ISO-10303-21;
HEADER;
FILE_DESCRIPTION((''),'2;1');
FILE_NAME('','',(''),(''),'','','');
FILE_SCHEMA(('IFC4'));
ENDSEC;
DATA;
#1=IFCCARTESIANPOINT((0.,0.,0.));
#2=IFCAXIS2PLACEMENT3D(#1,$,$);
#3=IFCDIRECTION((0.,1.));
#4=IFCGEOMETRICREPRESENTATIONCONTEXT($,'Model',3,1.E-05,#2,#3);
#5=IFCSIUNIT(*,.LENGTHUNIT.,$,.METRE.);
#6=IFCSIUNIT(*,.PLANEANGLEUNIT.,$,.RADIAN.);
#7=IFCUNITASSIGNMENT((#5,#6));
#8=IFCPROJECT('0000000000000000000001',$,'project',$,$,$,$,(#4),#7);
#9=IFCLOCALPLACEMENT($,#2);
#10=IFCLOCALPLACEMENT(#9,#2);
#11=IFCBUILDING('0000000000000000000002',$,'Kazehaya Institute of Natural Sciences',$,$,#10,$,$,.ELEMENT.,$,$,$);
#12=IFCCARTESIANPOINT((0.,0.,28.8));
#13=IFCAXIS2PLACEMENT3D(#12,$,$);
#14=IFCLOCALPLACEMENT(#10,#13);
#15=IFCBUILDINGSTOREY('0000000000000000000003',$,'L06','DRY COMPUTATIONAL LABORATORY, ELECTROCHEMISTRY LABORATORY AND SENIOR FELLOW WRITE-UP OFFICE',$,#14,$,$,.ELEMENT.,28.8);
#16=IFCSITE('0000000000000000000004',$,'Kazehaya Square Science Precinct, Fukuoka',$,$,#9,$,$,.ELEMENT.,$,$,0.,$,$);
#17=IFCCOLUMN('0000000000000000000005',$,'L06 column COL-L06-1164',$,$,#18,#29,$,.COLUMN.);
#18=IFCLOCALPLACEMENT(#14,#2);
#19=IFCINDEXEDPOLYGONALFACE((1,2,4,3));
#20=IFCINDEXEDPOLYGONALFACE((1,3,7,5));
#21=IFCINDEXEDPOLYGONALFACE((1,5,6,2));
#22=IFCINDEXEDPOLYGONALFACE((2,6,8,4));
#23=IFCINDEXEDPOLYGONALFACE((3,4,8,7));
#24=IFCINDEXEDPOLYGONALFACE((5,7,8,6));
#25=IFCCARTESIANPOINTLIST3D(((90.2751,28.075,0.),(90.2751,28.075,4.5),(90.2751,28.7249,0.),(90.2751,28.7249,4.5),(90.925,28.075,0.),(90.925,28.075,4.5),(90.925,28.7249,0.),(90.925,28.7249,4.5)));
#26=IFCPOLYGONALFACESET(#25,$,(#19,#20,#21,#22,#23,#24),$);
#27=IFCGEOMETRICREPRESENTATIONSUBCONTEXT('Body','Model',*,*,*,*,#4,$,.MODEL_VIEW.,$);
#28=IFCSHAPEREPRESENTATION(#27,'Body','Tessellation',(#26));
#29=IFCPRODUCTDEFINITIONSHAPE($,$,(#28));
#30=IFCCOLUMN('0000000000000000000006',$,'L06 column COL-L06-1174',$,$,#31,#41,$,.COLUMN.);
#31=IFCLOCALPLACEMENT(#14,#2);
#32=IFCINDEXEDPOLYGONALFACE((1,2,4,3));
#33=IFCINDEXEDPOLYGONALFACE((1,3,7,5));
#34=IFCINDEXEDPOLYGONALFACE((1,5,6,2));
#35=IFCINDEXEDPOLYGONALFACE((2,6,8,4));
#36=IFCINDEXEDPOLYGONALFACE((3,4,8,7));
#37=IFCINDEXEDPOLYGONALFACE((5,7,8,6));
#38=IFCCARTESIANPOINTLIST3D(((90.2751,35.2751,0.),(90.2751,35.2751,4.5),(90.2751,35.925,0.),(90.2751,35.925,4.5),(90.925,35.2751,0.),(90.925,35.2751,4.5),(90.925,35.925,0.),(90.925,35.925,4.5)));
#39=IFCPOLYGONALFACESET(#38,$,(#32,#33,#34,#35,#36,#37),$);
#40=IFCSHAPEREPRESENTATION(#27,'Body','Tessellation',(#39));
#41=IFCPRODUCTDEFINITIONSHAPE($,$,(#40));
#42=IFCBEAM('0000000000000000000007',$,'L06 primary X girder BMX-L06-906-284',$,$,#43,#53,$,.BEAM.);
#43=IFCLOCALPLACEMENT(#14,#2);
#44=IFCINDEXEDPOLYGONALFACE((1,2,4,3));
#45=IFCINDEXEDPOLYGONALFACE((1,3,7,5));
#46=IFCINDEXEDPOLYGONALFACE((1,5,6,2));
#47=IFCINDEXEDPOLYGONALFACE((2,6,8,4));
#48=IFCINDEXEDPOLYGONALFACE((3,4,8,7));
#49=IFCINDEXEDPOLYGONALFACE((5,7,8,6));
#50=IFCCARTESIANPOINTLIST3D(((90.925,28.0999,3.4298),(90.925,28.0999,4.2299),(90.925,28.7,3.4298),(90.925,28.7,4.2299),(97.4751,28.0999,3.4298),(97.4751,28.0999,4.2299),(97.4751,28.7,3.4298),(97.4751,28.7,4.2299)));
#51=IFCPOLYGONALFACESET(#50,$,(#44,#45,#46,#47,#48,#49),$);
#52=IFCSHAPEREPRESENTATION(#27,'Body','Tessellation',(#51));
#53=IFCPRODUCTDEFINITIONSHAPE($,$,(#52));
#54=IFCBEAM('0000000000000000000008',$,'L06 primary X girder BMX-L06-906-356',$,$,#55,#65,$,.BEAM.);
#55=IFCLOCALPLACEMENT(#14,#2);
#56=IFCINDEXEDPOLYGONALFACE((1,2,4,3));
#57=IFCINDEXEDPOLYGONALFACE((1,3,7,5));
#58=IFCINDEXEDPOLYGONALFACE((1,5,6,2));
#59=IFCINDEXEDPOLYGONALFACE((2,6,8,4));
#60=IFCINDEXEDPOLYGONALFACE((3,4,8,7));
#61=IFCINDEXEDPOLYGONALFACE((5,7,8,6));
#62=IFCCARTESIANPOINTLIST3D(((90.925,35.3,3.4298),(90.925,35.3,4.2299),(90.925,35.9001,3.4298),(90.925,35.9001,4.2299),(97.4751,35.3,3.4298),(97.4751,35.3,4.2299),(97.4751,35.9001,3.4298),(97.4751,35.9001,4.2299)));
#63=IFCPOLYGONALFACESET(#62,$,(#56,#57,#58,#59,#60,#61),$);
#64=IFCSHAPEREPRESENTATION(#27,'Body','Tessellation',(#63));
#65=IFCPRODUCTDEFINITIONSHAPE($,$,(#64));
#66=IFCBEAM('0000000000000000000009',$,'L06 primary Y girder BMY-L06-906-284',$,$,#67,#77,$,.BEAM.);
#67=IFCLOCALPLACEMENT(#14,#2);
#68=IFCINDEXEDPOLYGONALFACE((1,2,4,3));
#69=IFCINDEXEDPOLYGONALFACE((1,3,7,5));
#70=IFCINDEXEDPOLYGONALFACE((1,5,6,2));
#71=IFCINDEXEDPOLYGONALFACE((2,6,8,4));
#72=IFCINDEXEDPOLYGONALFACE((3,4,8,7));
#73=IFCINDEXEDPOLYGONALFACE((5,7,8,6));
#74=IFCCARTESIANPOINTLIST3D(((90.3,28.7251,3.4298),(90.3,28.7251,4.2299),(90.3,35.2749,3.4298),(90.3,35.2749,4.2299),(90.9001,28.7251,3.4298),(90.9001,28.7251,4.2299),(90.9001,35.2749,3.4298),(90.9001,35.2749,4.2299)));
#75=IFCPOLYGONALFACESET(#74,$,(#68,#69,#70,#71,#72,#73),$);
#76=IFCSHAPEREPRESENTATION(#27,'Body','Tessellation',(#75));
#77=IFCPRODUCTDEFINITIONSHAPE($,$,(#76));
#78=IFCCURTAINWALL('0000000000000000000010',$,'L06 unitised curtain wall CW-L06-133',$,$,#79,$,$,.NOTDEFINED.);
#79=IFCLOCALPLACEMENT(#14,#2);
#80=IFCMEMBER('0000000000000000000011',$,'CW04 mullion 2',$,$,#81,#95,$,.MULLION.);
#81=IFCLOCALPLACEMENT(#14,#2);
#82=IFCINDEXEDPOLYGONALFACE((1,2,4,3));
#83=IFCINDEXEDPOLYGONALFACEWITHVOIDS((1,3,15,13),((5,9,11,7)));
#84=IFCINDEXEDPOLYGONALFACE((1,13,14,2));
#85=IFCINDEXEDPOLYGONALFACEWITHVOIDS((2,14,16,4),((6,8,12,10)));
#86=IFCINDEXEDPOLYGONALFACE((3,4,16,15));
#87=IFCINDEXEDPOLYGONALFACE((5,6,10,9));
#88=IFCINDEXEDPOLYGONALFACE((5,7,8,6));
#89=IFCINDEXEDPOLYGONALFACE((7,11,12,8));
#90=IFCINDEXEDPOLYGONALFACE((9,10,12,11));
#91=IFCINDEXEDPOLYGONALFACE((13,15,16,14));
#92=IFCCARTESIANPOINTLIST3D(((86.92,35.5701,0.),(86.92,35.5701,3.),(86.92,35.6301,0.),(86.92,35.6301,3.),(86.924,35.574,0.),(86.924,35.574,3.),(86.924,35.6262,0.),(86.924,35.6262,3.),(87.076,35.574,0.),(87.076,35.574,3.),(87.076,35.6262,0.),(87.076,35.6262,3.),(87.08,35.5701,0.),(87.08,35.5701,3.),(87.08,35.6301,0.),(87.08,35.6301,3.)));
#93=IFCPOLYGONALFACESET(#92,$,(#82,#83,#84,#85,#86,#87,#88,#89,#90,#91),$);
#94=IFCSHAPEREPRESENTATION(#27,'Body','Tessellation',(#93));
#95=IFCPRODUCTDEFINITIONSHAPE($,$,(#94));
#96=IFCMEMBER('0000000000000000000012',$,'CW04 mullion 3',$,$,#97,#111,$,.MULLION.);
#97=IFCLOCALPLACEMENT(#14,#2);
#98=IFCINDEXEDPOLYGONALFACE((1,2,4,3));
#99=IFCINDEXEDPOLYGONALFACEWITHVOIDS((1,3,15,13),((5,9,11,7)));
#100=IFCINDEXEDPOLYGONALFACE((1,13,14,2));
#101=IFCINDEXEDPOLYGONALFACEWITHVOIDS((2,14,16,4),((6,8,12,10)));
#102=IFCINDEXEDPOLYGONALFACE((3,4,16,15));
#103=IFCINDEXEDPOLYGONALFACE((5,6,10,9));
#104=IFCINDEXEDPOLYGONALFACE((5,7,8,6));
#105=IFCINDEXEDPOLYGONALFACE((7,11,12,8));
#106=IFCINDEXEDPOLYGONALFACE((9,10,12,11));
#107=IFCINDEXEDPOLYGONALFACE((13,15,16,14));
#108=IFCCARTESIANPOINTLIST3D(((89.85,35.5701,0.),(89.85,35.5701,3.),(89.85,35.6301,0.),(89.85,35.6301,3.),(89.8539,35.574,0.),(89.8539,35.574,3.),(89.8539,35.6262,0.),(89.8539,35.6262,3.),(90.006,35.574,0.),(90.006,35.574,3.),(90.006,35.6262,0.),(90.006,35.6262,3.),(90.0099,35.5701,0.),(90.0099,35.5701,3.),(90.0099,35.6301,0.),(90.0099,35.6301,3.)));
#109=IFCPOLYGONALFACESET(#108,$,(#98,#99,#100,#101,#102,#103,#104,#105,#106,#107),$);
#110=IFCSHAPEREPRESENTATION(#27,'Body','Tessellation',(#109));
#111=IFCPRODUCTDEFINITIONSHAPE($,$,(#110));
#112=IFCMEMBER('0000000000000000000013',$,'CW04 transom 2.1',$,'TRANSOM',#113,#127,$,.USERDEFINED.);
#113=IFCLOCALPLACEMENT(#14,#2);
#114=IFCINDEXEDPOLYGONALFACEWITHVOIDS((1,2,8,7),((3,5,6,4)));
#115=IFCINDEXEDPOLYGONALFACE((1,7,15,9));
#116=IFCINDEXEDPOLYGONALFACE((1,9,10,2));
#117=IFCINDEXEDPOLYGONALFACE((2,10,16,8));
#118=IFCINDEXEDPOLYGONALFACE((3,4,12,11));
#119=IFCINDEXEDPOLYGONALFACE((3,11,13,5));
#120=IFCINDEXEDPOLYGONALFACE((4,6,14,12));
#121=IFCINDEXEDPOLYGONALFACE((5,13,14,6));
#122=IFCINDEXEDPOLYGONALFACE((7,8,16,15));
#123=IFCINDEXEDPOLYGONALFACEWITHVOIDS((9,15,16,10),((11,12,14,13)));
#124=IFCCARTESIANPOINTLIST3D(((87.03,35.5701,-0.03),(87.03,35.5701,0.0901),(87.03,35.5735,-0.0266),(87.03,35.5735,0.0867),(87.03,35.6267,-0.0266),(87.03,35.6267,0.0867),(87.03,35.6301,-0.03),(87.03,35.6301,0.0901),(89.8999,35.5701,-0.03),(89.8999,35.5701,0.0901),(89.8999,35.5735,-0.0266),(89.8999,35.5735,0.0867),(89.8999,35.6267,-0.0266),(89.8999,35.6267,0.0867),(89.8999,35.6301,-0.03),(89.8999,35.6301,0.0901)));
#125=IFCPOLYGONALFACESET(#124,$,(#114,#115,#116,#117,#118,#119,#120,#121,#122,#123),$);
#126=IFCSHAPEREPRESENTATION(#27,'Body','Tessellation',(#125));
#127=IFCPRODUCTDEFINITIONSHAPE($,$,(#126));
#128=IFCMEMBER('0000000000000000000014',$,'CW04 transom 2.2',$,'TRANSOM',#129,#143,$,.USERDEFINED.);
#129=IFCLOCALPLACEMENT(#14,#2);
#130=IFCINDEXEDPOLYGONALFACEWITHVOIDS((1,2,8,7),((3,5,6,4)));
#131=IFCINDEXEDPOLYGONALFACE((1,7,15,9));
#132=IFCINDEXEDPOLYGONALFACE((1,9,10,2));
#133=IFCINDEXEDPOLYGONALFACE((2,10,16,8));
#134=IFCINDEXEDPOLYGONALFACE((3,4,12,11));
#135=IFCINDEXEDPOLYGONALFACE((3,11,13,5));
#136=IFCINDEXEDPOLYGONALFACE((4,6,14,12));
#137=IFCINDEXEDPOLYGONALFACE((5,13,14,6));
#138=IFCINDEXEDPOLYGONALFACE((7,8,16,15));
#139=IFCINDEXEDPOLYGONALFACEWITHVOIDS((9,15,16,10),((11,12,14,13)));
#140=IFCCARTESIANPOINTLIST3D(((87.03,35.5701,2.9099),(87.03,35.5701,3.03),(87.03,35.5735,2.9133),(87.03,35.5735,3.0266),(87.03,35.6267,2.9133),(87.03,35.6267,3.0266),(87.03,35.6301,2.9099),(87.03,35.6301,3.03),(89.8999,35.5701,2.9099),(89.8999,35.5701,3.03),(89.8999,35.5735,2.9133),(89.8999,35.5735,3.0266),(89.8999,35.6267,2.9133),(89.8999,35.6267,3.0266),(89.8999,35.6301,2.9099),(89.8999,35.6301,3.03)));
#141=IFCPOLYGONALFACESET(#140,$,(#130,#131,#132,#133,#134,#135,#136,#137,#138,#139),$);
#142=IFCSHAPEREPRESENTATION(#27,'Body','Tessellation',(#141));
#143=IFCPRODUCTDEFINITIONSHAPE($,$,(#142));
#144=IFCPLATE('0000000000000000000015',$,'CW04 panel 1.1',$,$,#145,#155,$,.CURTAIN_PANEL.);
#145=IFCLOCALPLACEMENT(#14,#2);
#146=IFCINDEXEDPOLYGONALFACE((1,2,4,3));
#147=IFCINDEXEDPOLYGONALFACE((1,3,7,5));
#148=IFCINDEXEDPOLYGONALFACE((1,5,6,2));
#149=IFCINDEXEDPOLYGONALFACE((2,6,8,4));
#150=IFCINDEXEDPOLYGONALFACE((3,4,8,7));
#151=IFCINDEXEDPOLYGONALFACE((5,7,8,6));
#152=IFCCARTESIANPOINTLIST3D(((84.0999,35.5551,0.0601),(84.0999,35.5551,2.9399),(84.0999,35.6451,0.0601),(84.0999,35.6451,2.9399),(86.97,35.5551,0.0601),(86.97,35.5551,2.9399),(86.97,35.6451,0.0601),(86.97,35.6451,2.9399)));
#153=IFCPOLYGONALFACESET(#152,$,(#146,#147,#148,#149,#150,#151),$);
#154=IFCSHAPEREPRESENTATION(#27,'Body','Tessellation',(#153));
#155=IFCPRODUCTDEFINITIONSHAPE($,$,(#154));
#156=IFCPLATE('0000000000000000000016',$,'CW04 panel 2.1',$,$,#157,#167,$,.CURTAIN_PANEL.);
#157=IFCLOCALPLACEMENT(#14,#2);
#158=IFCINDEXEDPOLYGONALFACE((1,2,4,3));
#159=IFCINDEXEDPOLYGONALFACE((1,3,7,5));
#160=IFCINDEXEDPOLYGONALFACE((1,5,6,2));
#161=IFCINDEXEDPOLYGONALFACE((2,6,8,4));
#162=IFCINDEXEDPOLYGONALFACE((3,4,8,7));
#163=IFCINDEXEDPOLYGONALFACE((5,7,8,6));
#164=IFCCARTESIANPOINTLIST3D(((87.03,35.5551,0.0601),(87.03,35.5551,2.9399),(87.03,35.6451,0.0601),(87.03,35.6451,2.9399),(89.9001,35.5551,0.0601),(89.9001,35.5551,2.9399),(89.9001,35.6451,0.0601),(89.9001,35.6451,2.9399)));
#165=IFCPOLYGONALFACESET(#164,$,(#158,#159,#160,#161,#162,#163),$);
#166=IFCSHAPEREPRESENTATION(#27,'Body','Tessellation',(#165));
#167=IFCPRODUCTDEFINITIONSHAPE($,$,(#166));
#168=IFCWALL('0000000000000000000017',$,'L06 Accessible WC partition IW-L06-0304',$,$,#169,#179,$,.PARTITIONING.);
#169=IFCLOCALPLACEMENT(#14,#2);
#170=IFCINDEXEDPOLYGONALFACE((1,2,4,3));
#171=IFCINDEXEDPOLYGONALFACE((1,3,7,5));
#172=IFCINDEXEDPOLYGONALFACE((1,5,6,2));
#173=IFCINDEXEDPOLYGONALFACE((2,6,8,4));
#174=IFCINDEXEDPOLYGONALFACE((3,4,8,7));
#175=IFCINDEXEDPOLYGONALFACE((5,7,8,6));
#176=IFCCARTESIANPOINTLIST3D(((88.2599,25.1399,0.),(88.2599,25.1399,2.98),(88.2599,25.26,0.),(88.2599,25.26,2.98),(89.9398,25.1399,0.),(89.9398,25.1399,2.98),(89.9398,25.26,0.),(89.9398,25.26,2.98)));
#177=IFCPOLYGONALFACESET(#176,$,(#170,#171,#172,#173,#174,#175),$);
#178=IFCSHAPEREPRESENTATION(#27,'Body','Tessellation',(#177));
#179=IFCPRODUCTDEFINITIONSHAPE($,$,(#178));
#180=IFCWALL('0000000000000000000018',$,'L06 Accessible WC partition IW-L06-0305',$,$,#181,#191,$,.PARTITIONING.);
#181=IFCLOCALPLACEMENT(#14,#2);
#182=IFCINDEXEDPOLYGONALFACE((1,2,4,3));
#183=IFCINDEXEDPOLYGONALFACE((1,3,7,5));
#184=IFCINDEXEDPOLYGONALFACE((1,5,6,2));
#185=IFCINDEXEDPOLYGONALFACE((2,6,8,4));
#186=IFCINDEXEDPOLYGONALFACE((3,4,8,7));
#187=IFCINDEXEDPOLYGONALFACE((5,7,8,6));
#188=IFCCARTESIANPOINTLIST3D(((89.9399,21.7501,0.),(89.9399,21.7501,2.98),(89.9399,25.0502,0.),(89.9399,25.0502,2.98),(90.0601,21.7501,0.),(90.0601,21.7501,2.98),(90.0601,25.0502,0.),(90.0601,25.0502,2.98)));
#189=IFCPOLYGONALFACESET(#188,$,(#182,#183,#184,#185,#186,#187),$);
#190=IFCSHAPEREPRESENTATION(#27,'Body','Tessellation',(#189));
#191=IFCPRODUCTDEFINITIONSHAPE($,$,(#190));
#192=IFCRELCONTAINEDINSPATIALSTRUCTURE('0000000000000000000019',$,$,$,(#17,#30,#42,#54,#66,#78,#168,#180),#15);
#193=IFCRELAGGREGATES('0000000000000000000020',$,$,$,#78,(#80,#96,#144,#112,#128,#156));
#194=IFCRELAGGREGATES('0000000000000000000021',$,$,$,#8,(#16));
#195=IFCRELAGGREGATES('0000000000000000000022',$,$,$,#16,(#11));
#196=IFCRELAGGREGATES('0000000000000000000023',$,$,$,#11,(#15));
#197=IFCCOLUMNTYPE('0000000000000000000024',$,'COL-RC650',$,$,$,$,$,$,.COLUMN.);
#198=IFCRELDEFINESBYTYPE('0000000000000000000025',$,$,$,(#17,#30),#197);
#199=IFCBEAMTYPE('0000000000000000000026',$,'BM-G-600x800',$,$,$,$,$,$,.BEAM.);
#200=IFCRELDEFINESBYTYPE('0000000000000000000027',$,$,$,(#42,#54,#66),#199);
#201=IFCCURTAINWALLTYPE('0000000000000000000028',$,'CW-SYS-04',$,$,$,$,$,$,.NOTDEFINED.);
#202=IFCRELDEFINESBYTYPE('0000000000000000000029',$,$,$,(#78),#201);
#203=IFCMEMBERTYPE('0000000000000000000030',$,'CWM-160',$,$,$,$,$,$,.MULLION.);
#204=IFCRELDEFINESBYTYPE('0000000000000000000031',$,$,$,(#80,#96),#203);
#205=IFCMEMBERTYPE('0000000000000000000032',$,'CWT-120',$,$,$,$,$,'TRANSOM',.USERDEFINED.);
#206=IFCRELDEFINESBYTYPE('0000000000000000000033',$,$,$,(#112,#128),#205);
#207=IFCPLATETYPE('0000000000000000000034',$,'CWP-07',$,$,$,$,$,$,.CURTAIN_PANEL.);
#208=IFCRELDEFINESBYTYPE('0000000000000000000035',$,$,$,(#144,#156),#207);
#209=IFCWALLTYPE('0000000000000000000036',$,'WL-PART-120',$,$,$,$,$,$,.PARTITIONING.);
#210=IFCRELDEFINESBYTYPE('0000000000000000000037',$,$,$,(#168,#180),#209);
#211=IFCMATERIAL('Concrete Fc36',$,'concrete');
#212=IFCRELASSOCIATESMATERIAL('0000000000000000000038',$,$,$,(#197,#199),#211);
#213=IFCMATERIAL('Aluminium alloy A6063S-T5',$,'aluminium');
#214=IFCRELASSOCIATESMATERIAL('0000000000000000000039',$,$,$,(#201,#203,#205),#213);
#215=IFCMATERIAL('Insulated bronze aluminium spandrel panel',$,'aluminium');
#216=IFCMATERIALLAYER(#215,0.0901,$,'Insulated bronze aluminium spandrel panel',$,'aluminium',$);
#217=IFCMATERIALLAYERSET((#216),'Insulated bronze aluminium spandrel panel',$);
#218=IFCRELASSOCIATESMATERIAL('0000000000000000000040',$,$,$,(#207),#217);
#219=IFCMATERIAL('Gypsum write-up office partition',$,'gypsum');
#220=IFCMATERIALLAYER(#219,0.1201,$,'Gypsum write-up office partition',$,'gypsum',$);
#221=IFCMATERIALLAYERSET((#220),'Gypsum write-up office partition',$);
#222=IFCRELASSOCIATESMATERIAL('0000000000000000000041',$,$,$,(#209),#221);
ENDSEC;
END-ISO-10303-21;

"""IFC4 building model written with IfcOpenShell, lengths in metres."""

from ifc_helpers import new_model, si_unit, direction, frame, frame_2d, origin, origin_2d, place, context, subcontext, project, spatial, rectangle, hollow_rectangle, extrude, material, layer, layer_set, material_profile, profile_set, type_object, element, aggregate, save


model = new_model("IFC4")

# Units and contexts
model_context = context("Model", 3, precision=1e-05, world=origin(), true_north=direction((0.0, 1.0)))
body_context = subcontext(model_context, "Body", "Model", "MODEL_VIEW")
ifc_project = project(units=[si_unit("LENGTHUNIT", "METRE"), si_unit("PLANEANGLEUNIT", "RADIAN")], contexts=[model_context])

# Site, building, storey
site_placement = place(None, origin())
site = spatial("IfcSite", under=ifc_project, at=site_placement, Name="Kazehaya Square Science Precinct, Fukuoka", CompositionType="ELEMENT", RefElevation=0.0)
building_placement = place(site_placement, origin())
building = spatial("IfcBuilding", under=site, at=building_placement, Name="Kazehaya Institute of Natural Sciences", CompositionType="ELEMENT")
storey_placement = place(building_placement, frame((0.0, 0.0, 28.8)))
storey = spatial("IfcBuildingStorey", under=building, at=storey_placement, Name="L06", Description="DRY COMPUTATIONAL LABORATORY, ELECTROCHEMISTRY LABORATORY AND SENIOR FELLOW WRITE-UP OFFICE", CompositionType="ELEMENT", Elevation=28.8)

# Columns
ifc_material_1 = material(Name="Concrete Fc36", Category="concrete")
ifc_material_profile_1 = material_profile(ifc_material_1, rectangle(XDim=0.6499, YDim=0.6499, at=origin_2d()), Name="RC-650x650")
ifc_profile_set_1 = profile_set([ifc_material_profile_1], Name="Concrete Fc36")
column_type = type_object("IfcColumnType", Name="COL-RC650", PredefinedType="COLUMN", material=ifc_profile_set_1)
for number, where, z_axis, x_axis, name in (
    (1, (90.6001, 28.3999, 0.0), (0.0, 0.0, 1.0), (1.0, 0.0, 0.0), "L06 column COL-L06-1164"),
    (2, (90.6001, 35.6001, 0.0), (0.0, 0.0, 1.0), (1.0, 0.0, 0.0), "L06 column COL-L06-1174"),
):
    element("IfcColumn", number, at=place(storey_placement, frame(where, z_axis=z_axis, x_axis=x_axis)), inside=storey, type_object=column_type, Name=name, PredefinedType="COLUMN", context=body_context, shape_type="SweptSolid", body=[
        extrude(rectangle(XDim=0.6499, YDim=0.6499, at=origin_2d()), origin(), (0.0, 0.0, 1.0), 4.5),
    ])

# Beams
ifc_material_profile_2 = material_profile(ifc_material_1, rectangle(XDim=0.6001, YDim=0.8, at=origin_2d()), Name="RC-600x800")
ifc_profile_set_2 = profile_set([ifc_material_profile_2], Name="Concrete Fc36")
beam_type = type_object("IfcBeamType", Name="BM-G-600x800", PredefinedType="BEAM", material=ifc_profile_set_2)
for number, where, z_axis, x_axis, name in (
    (3, (90.925, 28.3999, 3.8298), (1.0, 0.0, 0.0), (0.0, 1.0, 0.0), "L06 primary X girder BMX-L06-906-284"),
    (4, (90.925, 35.6001, 3.8298), (1.0, 0.0, 0.0), (0.0, 1.0, 0.0), "L06 primary X girder BMX-L06-906-356"),
):
    element("IfcBeam", number, at=place(storey_placement, frame(where, z_axis=z_axis, x_axis=x_axis)), inside=storey, type_object=beam_type, Name=name, PredefinedType="BEAM", context=body_context, shape_type="SweptSolid", body=[
        extrude(rectangle(XDim=0.6001, YDim=0.8, at=origin_2d()), origin(), (0.0, 0.0, 1.0), 6.55),
    ])
beam_placement = place(storey_placement, frame((90.6001, 28.7251, 3.8298), z_axis=(0.0, 1.0, 0.0), x_axis=(-1.0, 0.0, 0.0)))
element("IfcBeam", 5, at=beam_placement, inside=storey, type_object=beam_type, Name="L06 primary Y girder BMY-L06-906-284", PredefinedType="BEAM", context=body_context, shape_type="SweptSolid", body=[
    extrude(rectangle(XDim=0.6001, YDim=0.8, at=origin_2d()), origin(), (0.0, 0.0, 1.0), 6.5498),
])

# Curtain wall, members, plates
ifc_material_2 = material(Name="Aluminium alloy A6063S-T5", Category="aluminium")
curtain_wall_type = type_object("IfcCurtainWallType", Name="CW-SYS-04", PredefinedType="NOTDEFINED", material=ifc_material_2)
curtain_wall_placement = place(storey_placement, origin())
curtain_wall = element("IfcCurtainWall", 6, at=curtain_wall_placement, inside=storey, type_object=curtain_wall_type, Name="L06 unitised curtain wall CW-L06-133", PredefinedType="NOTDEFINED")
ifc_material_profile_3 = material_profile(ifc_material_2, hollow_rectangle(XDim=0.0601, YDim=0.1599, WallThickness=0.0039, at=origin_2d()), Name="ALU-60x160x4")
ifc_profile_set_3 = profile_set([ifc_material_profile_3], Name="Aluminium alloy A6063S-T5")
member_type_1 = type_object("IfcMemberType", Name="CWM-160", PredefinedType="MULLION", material=ifc_profile_set_3)
member_1_placement = place(storey_placement, frame((87.0, 35.6001, 0.0), z_axis=(0.0, 0.0, 1.0), x_axis=(0.0, 1.0, 0.0)))
member_1 = element("IfcMember", 7, at=member_1_placement, type_object=member_type_1, Name="CW04 mullion 2", PredefinedType="MULLION", context=body_context, shape_type="SweptSolid", body=[
    extrude(hollow_rectangle(XDim=0.0601, YDim=0.1599, WallThickness=0.0039, at=origin_2d()), origin(), (0.0, 0.0, 1.0), 3.0),
])
member_2_placement = place(storey_placement, frame((89.9299, 35.6001, 0.0), z_axis=(0.0, 0.0, 1.0), x_axis=(0.0, 1.0, 0.0)))
member_2 = element("IfcMember", 8, at=member_2_placement, type_object=member_type_1, Name="CW04 mullion 3", PredefinedType="MULLION", context=body_context, shape_type="SweptSolid", body=[
    extrude(hollow_rectangle(XDim=0.0601, YDim=0.1599, WallThickness=0.0039, at=origin_2d()), origin(), (0.0, 0.0, 1.0), 3.0),
])
ifc_material_profile_4 = material_profile(ifc_material_2, hollow_rectangle(XDim=0.0601, YDim=0.1201, WallThickness=0.0034, at=origin_2d()), Name="ALU-60x120x3.5")
ifc_profile_set_4 = profile_set([ifc_material_profile_4], Name="Aluminium alloy A6063S-T5")
member_type_2 = type_object("IfcMemberType", Name="CWT-120", ElementType="TRANSOM", PredefinedType="USERDEFINED", material=ifc_profile_set_4)
member_3_placement = place(storey_placement, frame((87.03, 35.6001, 0.03), z_axis=(1.0, 0.0, 0.0), x_axis=(0.0, 1.0, 0.0)))
member_3 = element("IfcMember", 9, at=member_3_placement, type_object=member_type_2, Name="CW04 transom 2.1", ObjectType="TRANSOM", PredefinedType="USERDEFINED", context=body_context, shape_type="SweptSolid", body=[
    extrude(hollow_rectangle(XDim=0.0601, YDim=0.1201, WallThickness=0.0034, at=origin_2d()), origin(), (0.0, 0.0, 1.0), 2.8699),
])
member_4_placement = place(storey_placement, frame((87.03, 35.6001, 2.97), z_axis=(1.0, 0.0, 0.0), x_axis=(0.0, 1.0, 0.0)))
member_4 = element("IfcMember", 10, at=member_4_placement, type_object=member_type_2, Name="CW04 transom 2.2", ObjectType="TRANSOM", PredefinedType="USERDEFINED", context=body_context, shape_type="SweptSolid", body=[
    extrude(hollow_rectangle(XDim=0.0601, YDim=0.1201, WallThickness=0.0034, at=origin_2d()), origin(), (0.0, 0.0, 1.0), 2.8699),
])
ifc_material_3 = material(Name="Insulated bronze aluminium spandrel panel", Category="aluminium")
ifc_layer_1 = layer(ifc_material_3, 0.0901, Name="Insulated bronze aluminium spandrel panel", Category="aluminium")
ifc_layer_set_1 = layer_set([ifc_layer_1], Name="Insulated bronze aluminium spandrel panel")
plate_type = type_object("IfcPlateType", Name="CWP-07", PredefinedType="CURTAIN_PANEL", material=ifc_layer_set_1)
plate_1_placement = place(storey_placement, frame((85.5349, 35.6001, 0.0601), z_axis=(0.0, 0.0, 1.0), x_axis=(1.0, 0.0, 0.0)))
plate_1 = element("IfcPlate", 11, at=plate_1_placement, type_object=plate_type, Name="CW04 panel 1.1", PredefinedType="CURTAIN_PANEL", context=body_context, shape_type="SweptSolid", body=[
    extrude(rectangle(XDim=2.8701, YDim=0.0901, at=origin_2d()), origin(), (0.0, 0.0, 1.0), 2.8799),
])
plate_2_placement = place(storey_placement, frame((88.4651, 35.6001, 0.0601), z_axis=(0.0, 0.0, 1.0), x_axis=(1.0, 0.0, 0.0)))
plate_2 = element("IfcPlate", 12, at=plate_2_placement, type_object=plate_type, Name="CW04 panel 2.1", PredefinedType="CURTAIN_PANEL", context=body_context, shape_type="SweptSolid", body=[
    extrude(rectangle(XDim=2.8701, YDim=0.0901, at=origin_2d()), origin(), (0.0, 0.0, 1.0), 2.8799),
])
aggregate(curtain_wall, [member_1, member_2, plate_1, member_3, member_4, plate_2])

# Walls
ifc_material_4 = material(Name="Gypsum write-up office partition", Category="gypsum")
ifc_layer_2 = layer(ifc_material_4, 0.1201, Name="Gypsum write-up office partition", Category="gypsum")
ifc_layer_set_2 = layer_set([ifc_layer_2], Name="Gypsum write-up office partition")
wall_type_1 = type_object("IfcWallType", Name="WL-PART-120", PredefinedType="PARTITIONING", material=ifc_layer_set_2)
wall_1_placement = place(storey_placement, frame((88.26, 25.2, 0.0), z_axis=(0.0, 0.0, 1.0), x_axis=(1.0, 0.0, 0.0)))
element("IfcWall", 13, at=wall_1_placement, inside=storey, type_object=wall_type_1, Name="L06 Accessible WC partition IW-L06-0304", PredefinedType="PARTITIONING", context=body_context, shape_type="SweptSolid", body=[
    extrude(rectangle(XDim=1.6799, YDim=0.1201, at=frame_2d((0.8398, 0.0))), origin(), (0.0, 0.0, 1.0), 2.98),
])
wall_2_placement = place(storey_placement, frame((90.0, 25.05, 0.0), z_axis=(0.0, 0.0, 1.0), x_axis=(0.0, -1.0, 0.0)))
element("IfcWall", 14, at=wall_2_placement, inside=storey, type_object=wall_type_1, Name="L06 Accessible WC partition IW-L06-0305", PredefinedType="PARTITIONING", context=body_context, shape_type="SweptSolid", body=[
    extrude(rectangle(XDim=3.3, YDim=0.1201, at=frame_2d((1.6499, 0.0))), origin(), (0.0, 0.0, 1.0), 2.98),
])

save(model, "model.ifc")
